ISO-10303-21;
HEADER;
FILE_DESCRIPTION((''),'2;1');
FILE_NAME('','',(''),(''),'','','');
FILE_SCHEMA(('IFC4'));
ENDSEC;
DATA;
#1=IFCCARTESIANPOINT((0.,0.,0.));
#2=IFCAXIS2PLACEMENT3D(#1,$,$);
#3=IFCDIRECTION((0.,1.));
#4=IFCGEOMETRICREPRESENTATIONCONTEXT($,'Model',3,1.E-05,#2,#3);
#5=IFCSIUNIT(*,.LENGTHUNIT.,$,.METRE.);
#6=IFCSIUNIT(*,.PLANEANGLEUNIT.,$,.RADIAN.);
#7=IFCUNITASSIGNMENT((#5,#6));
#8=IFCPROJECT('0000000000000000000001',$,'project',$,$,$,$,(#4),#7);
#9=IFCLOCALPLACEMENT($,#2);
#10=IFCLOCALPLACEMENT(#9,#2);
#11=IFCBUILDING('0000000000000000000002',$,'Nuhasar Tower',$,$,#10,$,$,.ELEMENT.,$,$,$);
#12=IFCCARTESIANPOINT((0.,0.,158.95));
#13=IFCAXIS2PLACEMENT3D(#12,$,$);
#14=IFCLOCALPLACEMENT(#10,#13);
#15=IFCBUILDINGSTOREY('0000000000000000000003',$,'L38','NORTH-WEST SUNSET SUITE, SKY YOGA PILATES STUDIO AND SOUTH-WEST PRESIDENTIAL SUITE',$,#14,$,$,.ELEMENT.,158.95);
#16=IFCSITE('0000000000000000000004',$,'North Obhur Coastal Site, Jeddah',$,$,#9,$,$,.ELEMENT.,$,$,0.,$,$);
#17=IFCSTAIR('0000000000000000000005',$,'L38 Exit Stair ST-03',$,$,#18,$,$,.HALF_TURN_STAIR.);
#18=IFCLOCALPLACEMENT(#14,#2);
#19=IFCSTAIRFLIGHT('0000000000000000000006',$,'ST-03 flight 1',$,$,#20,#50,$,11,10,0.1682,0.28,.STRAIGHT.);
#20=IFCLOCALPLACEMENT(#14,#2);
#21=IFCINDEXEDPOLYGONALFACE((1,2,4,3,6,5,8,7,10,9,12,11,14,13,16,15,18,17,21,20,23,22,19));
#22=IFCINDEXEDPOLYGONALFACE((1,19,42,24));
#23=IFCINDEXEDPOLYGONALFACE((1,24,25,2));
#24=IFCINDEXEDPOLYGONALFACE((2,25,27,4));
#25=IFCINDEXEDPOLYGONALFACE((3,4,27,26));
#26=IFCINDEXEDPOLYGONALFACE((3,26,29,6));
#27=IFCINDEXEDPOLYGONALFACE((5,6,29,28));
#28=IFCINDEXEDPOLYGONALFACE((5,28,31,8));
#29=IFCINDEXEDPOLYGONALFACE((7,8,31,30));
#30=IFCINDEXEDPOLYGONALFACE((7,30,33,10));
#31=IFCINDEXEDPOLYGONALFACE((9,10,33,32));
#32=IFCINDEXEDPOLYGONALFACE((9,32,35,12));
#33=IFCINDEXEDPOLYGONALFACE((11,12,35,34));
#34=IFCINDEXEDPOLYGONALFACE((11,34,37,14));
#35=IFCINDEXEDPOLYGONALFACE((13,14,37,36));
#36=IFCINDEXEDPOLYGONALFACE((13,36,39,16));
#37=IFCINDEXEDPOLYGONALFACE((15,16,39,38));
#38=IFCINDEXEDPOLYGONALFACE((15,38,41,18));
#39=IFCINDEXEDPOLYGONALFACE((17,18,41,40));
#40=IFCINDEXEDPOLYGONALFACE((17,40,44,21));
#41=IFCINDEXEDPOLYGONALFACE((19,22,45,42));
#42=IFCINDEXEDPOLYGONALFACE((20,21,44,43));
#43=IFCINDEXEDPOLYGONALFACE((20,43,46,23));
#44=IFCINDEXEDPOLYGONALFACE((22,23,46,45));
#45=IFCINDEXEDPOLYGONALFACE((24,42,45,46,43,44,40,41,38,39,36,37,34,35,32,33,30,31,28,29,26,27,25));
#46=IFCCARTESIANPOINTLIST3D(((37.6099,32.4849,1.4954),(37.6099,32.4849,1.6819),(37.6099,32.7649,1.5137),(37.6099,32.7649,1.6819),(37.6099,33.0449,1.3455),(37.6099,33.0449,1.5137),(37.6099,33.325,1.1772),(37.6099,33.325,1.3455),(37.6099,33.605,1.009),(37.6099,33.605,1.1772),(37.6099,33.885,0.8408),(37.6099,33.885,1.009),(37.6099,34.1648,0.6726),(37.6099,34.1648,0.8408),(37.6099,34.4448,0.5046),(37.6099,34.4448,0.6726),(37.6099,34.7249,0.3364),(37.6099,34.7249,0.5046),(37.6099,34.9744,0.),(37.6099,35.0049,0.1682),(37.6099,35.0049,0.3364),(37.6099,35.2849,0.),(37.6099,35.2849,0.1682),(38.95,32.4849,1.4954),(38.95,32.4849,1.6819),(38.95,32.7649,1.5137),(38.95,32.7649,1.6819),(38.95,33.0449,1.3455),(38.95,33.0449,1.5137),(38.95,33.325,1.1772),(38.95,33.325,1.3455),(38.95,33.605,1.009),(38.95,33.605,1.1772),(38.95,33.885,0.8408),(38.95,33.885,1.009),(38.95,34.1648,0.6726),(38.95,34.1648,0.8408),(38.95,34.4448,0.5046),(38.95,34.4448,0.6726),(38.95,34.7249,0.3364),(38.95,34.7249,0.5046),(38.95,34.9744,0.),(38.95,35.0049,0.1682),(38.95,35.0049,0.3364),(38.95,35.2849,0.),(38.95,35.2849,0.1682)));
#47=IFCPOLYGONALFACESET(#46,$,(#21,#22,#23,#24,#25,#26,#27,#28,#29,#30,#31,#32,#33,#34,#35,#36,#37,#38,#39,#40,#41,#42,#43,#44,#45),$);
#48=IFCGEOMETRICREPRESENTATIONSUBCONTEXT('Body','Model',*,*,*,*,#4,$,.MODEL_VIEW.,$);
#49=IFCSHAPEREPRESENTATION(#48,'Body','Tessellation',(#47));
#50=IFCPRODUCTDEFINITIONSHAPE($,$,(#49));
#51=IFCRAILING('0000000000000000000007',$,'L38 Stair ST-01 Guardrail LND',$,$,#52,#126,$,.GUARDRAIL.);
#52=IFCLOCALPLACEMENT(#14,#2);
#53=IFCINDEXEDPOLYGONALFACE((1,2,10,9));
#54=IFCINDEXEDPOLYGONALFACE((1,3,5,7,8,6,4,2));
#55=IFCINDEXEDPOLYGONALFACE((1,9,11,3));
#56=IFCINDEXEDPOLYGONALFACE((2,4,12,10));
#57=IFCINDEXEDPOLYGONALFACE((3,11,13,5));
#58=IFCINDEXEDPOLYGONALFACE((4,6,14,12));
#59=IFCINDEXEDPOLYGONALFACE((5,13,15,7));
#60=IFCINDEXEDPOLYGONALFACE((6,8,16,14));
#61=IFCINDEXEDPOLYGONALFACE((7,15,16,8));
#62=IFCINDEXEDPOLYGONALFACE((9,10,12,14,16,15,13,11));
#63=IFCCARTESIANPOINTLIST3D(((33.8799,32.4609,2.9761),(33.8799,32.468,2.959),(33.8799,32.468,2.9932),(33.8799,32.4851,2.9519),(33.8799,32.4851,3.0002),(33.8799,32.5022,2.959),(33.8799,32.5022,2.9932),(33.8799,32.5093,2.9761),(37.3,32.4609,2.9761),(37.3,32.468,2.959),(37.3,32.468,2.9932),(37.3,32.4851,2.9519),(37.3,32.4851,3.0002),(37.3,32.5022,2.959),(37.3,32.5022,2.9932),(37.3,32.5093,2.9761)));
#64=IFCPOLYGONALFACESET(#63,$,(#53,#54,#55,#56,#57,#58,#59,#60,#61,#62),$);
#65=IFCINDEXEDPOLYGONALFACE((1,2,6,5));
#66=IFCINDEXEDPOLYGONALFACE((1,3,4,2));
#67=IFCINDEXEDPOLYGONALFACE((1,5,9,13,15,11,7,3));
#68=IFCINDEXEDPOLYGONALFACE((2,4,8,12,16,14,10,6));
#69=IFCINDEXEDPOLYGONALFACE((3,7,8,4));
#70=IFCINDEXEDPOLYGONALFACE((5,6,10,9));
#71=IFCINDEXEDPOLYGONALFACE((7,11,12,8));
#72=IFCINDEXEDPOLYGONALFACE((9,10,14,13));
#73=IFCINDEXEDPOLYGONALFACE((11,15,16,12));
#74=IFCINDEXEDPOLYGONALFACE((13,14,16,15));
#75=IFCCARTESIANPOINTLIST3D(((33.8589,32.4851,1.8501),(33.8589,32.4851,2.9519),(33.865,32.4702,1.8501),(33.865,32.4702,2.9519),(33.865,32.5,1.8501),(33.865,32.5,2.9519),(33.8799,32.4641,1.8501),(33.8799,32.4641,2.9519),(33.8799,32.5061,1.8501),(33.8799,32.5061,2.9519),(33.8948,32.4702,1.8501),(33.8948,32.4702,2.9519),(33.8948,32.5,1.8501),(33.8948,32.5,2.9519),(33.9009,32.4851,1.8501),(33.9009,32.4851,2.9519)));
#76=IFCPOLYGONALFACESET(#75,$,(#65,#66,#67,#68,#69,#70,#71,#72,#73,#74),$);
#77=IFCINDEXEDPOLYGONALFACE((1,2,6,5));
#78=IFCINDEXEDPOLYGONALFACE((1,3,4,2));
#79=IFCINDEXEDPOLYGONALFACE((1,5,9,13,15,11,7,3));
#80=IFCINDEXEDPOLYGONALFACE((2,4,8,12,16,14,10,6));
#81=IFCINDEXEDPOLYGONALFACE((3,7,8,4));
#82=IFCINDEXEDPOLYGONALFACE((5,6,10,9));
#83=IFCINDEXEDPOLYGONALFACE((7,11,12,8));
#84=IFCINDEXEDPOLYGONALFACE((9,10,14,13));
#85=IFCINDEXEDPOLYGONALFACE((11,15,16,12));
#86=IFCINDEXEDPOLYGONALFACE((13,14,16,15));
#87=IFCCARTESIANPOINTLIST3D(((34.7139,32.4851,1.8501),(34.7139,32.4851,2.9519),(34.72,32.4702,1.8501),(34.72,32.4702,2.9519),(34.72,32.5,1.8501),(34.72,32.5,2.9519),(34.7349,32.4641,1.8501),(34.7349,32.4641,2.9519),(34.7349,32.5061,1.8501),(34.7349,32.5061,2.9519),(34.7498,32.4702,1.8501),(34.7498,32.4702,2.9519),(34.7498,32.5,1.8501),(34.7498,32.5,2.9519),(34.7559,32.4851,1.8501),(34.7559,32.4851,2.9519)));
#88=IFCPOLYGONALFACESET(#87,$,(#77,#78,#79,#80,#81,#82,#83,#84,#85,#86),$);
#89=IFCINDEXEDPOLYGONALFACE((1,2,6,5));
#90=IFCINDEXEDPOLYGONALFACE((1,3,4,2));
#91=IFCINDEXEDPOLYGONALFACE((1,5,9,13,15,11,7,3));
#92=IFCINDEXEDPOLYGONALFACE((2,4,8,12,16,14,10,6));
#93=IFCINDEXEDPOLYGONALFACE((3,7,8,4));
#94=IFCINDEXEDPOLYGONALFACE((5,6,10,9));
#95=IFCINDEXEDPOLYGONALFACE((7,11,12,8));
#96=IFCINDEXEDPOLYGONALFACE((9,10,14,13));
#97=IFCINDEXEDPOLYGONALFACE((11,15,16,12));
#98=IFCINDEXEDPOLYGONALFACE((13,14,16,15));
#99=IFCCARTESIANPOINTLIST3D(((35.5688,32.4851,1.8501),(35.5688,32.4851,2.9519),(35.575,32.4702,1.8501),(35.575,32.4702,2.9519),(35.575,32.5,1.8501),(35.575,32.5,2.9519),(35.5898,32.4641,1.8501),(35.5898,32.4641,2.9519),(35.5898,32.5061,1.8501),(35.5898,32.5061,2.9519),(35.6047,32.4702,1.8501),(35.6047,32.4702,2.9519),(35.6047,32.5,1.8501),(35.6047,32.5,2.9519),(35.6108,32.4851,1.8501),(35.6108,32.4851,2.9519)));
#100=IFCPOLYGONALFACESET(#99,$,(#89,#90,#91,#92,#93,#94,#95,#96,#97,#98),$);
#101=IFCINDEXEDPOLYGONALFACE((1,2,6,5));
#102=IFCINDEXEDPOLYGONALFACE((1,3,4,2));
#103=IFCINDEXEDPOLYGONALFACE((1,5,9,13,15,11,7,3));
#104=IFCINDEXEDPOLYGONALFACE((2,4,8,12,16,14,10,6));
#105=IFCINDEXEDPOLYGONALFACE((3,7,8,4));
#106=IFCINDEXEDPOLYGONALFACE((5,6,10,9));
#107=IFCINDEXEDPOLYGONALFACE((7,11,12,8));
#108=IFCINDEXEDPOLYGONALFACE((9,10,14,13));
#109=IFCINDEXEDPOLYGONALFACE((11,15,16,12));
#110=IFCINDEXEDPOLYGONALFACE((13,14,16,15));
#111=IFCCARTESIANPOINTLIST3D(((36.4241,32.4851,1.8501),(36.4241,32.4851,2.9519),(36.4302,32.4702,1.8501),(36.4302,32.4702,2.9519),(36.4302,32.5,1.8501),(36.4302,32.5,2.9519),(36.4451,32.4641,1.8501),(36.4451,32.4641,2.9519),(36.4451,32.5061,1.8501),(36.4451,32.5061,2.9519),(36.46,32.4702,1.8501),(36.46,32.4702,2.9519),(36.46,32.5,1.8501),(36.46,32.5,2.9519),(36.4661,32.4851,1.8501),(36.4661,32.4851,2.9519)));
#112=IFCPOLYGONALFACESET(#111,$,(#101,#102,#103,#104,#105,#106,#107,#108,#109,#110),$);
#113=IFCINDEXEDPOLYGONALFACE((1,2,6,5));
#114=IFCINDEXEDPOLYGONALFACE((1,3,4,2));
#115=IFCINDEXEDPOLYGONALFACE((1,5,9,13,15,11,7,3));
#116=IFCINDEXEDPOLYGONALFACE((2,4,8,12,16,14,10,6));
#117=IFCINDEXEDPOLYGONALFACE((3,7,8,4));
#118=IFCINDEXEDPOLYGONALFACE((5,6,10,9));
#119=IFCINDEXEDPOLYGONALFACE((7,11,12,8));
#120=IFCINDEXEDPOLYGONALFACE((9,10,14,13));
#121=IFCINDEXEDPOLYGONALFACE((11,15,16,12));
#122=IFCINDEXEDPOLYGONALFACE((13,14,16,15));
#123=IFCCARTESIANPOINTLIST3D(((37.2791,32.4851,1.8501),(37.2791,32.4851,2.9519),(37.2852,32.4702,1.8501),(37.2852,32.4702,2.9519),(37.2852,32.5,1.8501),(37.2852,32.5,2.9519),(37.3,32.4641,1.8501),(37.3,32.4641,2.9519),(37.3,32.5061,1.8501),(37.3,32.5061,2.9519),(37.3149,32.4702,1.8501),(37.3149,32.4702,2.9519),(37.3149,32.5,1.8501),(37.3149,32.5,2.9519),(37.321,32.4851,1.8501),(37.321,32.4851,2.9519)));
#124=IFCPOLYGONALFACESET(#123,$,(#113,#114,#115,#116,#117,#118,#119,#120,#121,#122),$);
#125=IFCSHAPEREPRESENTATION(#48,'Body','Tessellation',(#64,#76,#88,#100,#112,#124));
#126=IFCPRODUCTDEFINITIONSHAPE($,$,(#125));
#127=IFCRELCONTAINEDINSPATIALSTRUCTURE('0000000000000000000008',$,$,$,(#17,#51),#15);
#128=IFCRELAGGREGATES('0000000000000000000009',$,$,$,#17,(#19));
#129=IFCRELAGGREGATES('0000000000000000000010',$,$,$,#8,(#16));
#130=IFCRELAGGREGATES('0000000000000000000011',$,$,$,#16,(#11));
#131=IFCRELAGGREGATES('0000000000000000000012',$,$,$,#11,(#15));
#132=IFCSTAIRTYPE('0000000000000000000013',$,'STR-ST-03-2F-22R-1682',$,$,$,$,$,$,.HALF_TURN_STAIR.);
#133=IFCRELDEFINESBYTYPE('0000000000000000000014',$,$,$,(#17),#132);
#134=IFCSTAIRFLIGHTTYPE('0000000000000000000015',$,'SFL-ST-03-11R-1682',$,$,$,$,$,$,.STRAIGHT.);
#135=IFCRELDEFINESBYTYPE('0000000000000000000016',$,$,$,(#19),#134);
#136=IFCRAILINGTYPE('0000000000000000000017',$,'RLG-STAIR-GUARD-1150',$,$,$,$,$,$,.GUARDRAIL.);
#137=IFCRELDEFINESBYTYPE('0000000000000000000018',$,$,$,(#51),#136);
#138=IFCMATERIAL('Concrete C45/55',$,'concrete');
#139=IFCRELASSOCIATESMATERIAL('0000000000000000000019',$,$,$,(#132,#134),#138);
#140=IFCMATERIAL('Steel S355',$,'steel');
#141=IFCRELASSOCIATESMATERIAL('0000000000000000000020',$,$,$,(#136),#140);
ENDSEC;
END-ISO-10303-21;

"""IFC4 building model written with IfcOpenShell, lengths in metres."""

from ifc_helpers import new_model, si_unit, direction, frame, origin, place, context, subcontext, project, spatial, polyline, outline, extrude, material, type_object, element, aggregate, save


model = new_model("IFC4")

# Units and contexts
model_context = context("Model", 3, precision=1e-05, world=origin(), true_north=direction((0.0, 1.0)))
body_context = subcontext(model_context, "Body", "Model", "MODEL_VIEW")
ifc_project = project(units=[si_unit("LENGTHUNIT", "METRE"), si_unit("PLANEANGLEUNIT", "RADIAN")], contexts=[model_context])

# Site, building, storey
site_placement = place(None, origin())
site = spatial("IfcSite", under=ifc_project, at=site_placement, Name="North Obhur Coastal Site, Jeddah", CompositionType="ELEMENT", RefElevation=0.0)
building_placement = place(site_placement, origin())
building = spatial("IfcBuilding", under=site, at=building_placement, Name="Nuhasar Tower", CompositionType="ELEMENT")
storey_placement = place(building_placement, frame((0.0, 0.0, 158.95)))
storey = spatial("IfcBuildingStorey", under=building, at=storey_placement, Name="L38", Description="NORTH-WEST SUNSET SUITE, SKY YOGA PILATES STUDIO AND SOUTH-WEST PRESIDENTIAL SUITE", CompositionType="ELEMENT", Elevation=158.95)

# Shared definitions
ifc_material_1 = material(Name="Steel S355", Category="steel")

# Shared definitions
ifc_material_2 = material(Name="Concrete C45/55", Category="concrete")

# Stair, stair flight
stair_type_1 = type_object("IfcStairType", Name="STR-ST-03-2F-22R-1682", PredefinedType="HALF_TURN_STAIR", material=ifc_material_2)
stair_1_placement = place(storey_placement, origin())
stair_1 = element("IfcStair", 1, at=stair_1_placement, inside=storey, type_object=stair_type_1, Name="L38 Exit Stair ST-03", PredefinedType="HALF_TURN_STAIR")
stair_flight_type_1 = type_object("IfcStairFlightType", Name="SFL-ST-03-11R-1682", PredefinedType="STRAIGHT", material=ifc_material_2)
stair_flight_1_placement = place(storey_placement, frame((38.28, 35.2849, 0.0), z_axis=(0.0, 0.0, 1.0), x_axis=(0.0, -1.0, 0.0)))
stair_flight_1 = element("IfcStairFlight", 2, at=stair_flight_1_placement, type_object=stair_flight_type_1, Name="ST-03 flight 1", NumberOfRisers=11, NumberOfTreads=10, PredefinedType="STRAIGHT", RiserHeight=0.1682, TreadLength=0.28, context=body_context, shape_type="SweptSolid", body=[
    extrude(outline(polyline([(0.0, 0.0), (0.0, 0.1682), (0.28, 0.1682), (0.28, 0.3364), (0.5601, 0.3364), (0.5601, 0.5046), (0.8401, 0.5046), (0.8401, 0.6726), (1.1201, 0.6726), (1.1201, 0.8408), (1.3999, 0.8408), (1.3999, 1.009), (1.6799, 1.009), (1.6799, 1.1772), (1.96, 1.1772), (1.96, 1.3455), (2.24, 1.3455), (2.24, 1.5137), (2.52, 1.5137), (2.52, 1.6819), (2.8, 1.6819), (2.8, 1.8501), (2.8, 1.4954), (0.3105, 0.0), (0.0, 0.0)])), frame((0.0, 0.6699, 0.0), z_axis=(0.0, -1.0, 0.0), x_axis=(1.0, 0.0, 0.0)), (0.0, 0.0, 1.0), 1.3401),
])
aggregate(stair_1, [stair_flight_1])

# Railing
railing_type_1 = type_object("IfcRailingType", Name="RLG-STAIR-GUARD-1150", PredefinedType="GUARDRAIL", material=ifc_material_1)
railing_1_placement = place(storey_placement, frame((33.8799, 32.4851, 1.8501)))
element("IfcRailing", 3, at=railing_1_placement, inside=storey, type_object=railing_type_1, Name="L38 Stair ST-01 Guardrail LND", PredefinedType="GUARDRAIL", context=body_context, shape_type="SweptSolid", body=[
    extrude(outline(polyline([(0.0242, 0.0), (0.0171, 0.0171), (0.0, 0.0242), (-0.0171, 0.0171), (-0.0242, 0.0), (-0.0171, -0.0171), (0.0, -0.0242), (0.0171, -0.0171), (0.0242, 0.0)])), frame((0.0, 0.0, 1.126), z_axis=(1.0, 0.0, 0.0), x_axis=(0.0, 1.0, 0.0)), (0.0, 0.0, 1.0), 3.4202),
    extrude(outline(polyline([(0.021, 0.0), (0.0149, 0.0149), (0.0, 0.021), (-0.0149, 0.0149), (-0.021, 0.0), (-0.0149, -0.0149), (0.0, -0.021), (0.0149, -0.0149), (0.021, 0.0)])), origin(), (0.0, 0.0, 1.0), 1.1018),
    extrude(outline(polyline([(0.021, 0.0), (0.0149, 0.0149), (0.0, 0.021), (-0.0149, 0.0149), (-0.021, 0.0), (-0.0149, -0.0149), (0.0, -0.021), (0.0149, -0.0149), (0.021, 0.0)])), frame((0.855, 0.0, 0.0)), (0.0, 0.0, 1.0), 1.1018),
    extrude(outline(polyline([(0.021, 0.0), (0.0149, 0.0149), (0.0, 0.021), (-0.0149, 0.0149), (-0.021, 0.0), (-0.0149, -0.0149), (0.0, -0.021), (0.0149, -0.0149), (0.021, 0.0)])), frame((1.71, 0.0, 0.0)), (0.0, 0.0, 1.0), 1.1018),
    extrude(outline(polyline([(0.021, 0.0), (0.0149, 0.0149), (0.0, 0.021), (-0.0149, 0.0149), (-0.021, 0.0), (-0.0149, -0.0149), (0.0, -0.021), (0.0149, -0.0149), (0.021, 0.0)])), frame((2.5652, 0.0, 0.0)), (0.0, 0.0, 1.0), 1.1018),
    extrude(outline(polyline([(0.021, 0.0), (0.0149, 0.0149), (0.0, 0.021), (-0.0149, 0.0149), (-0.021, 0.0), (-0.0149, -0.0149), (0.0, -0.021), (0.0149, -0.0149), (0.021, 0.0)])), frame((3.4202, 0.0, 0.0)), (0.0, 0.0, 1.0), 1.1018),
])

save(model, "model.ifc")
